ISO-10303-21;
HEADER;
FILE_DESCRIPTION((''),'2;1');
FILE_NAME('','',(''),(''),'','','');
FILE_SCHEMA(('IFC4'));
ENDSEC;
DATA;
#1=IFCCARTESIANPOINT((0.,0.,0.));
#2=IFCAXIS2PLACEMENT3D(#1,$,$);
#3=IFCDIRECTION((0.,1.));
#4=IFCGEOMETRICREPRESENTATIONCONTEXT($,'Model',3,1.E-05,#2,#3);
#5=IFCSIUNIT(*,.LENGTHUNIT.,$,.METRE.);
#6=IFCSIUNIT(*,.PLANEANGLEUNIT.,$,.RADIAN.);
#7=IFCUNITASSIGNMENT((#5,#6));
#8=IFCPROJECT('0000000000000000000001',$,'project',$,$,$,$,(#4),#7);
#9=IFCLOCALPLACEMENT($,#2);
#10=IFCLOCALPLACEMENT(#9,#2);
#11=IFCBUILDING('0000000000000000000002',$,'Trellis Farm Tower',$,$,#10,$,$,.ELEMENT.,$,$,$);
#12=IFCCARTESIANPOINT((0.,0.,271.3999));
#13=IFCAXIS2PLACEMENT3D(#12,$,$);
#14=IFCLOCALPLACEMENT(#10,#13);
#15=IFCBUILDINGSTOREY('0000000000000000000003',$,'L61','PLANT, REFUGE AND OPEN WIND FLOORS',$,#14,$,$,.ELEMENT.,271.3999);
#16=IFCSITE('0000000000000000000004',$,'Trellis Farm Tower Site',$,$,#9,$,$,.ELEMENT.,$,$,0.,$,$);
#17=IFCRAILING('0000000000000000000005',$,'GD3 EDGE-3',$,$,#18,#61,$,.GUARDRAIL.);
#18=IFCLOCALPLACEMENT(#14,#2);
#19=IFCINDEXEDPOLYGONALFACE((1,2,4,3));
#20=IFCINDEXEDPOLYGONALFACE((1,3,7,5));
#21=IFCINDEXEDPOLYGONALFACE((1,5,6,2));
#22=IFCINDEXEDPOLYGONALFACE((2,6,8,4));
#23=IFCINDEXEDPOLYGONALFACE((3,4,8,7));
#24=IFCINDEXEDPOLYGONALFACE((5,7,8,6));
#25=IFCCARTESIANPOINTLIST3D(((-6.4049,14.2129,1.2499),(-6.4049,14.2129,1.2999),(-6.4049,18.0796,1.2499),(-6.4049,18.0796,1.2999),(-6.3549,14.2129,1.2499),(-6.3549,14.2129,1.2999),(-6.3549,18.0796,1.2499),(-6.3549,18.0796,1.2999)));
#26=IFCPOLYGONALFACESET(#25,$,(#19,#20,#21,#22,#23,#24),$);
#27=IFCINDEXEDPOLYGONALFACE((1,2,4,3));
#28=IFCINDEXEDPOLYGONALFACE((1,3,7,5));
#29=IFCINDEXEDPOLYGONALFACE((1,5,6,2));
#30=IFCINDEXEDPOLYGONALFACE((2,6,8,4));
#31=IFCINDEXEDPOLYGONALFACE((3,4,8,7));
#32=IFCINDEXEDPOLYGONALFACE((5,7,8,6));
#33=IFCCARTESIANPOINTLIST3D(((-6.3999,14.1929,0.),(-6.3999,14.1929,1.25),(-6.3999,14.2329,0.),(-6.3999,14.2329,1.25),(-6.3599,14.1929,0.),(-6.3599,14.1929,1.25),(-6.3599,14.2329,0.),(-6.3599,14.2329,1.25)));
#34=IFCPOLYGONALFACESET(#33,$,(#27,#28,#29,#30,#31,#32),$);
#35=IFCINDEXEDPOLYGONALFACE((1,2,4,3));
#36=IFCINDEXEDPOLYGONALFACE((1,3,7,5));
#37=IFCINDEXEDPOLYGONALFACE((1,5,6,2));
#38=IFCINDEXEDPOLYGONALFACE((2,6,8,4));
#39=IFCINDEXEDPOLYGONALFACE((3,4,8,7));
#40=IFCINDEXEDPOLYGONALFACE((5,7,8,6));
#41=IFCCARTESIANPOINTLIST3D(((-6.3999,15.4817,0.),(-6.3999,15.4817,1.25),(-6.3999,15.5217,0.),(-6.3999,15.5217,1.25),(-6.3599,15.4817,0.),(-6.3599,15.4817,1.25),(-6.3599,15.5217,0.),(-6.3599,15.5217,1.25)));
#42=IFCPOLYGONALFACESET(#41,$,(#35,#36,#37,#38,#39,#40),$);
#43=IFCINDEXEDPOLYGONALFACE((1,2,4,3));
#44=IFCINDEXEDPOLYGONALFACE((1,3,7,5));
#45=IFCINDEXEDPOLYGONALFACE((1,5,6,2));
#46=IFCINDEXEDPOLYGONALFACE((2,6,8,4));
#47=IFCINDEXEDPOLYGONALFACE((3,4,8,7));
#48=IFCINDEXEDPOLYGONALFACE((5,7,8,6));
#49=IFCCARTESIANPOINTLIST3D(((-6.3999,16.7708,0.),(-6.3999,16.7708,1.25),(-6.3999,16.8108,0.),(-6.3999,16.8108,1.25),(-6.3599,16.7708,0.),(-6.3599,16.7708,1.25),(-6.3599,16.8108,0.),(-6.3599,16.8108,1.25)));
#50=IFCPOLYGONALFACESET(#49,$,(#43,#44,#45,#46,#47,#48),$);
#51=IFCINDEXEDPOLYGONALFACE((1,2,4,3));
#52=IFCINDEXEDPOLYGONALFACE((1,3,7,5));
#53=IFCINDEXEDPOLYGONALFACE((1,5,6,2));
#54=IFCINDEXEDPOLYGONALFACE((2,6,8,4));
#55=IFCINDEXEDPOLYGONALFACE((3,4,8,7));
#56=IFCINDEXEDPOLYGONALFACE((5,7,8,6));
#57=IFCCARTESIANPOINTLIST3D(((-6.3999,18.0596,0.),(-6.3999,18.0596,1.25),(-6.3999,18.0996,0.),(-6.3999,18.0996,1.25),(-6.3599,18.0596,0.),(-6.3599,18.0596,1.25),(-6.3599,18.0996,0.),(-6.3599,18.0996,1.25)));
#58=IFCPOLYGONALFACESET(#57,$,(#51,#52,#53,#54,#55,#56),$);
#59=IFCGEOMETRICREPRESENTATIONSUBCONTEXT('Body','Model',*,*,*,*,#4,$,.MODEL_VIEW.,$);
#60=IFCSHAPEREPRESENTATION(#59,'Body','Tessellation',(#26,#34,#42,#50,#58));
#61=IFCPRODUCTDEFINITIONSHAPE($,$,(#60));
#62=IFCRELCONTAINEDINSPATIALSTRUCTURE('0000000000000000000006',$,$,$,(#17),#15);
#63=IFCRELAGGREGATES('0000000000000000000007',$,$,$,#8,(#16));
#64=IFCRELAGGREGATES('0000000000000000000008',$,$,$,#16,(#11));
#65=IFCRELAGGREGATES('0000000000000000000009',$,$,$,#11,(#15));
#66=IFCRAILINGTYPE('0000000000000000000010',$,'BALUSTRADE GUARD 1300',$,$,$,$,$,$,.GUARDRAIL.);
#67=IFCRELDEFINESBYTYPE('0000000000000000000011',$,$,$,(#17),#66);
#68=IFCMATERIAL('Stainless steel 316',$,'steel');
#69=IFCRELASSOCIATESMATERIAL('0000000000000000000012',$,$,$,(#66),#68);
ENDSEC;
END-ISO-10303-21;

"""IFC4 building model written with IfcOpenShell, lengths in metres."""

from ifc_helpers import new_model, si_unit, direction, frame, origin, origin_2d, place, context, subcontext, project, spatial, rectangle, extrude, source, transform, mapped, material, type_object, element, save


model = new_model("IFC4")

# Units and contexts
model_context = context("Model", 3, precision=1e-05, world=origin(), true_north=direction((0.0, 1.0)))
body_context = subcontext(model_context, "Body", "Model", "MODEL_VIEW")
ifc_project = project(units=[si_unit("LENGTHUNIT", "METRE"), si_unit("PLANEANGLEUNIT", "RADIAN")], contexts=[model_context])

# Site, building, storey
site_placement = place(None, origin())
site = spatial("IfcSite", under=ifc_project, at=site_placement, Name="Trellis Farm Tower Site", CompositionType="ELEMENT", RefElevation=0.0)
building_placement = place(site_placement, origin())
building = spatial("IfcBuilding", under=site, at=building_placement, Name="Trellis Farm Tower", CompositionType="ELEMENT")
storey_placement = place(building_placement, frame((0.0, 0.0, 271.3999)))
storey = spatial("IfcBuildingStorey", under=building, at=storey_placement, Name="L61", Description="PLANT, REFUGE AND OPEN WIND FLOORS", CompositionType="ELEMENT", Elevation=271.3999)

# Railing
ifc_material_1 = material(Name="Stainless steel 316", Category="steel")
railing_type_1 = type_object("IfcRailingType", Name="BALUSTRADE GUARD 1300", PredefinedType="GUARDRAIL", material=ifc_material_1)
shared_shape_1 = source(origin(), body_context, "Body", "SweptSolid", [
    extrude(rectangle(XDim=0.05, YDim=0.05, at=origin_2d()), frame((0.0, 0.0, 1.2749), z_axis=(0.0, 1.0, 0.0), x_axis=(-1.0, 0.0, 0.0)), (0.0, 0.0, 1.0), 3.8667),
    extrude(rectangle(XDim=0.04, YDim=0.04, at=origin_2d()), origin(), (0.0, 0.0, 1.0), 1.25),
    extrude(rectangle(XDim=0.04, YDim=0.04, at=origin_2d()), frame((0.0, 1.2888, 0.0)), (0.0, 0.0, 1.0), 1.25),
    extrude(rectangle(XDim=0.04, YDim=0.04, at=origin_2d()), frame((0.0, 2.5779, 0.0)), (0.0, 0.0, 1.0), 1.25),
    extrude(rectangle(XDim=0.04, YDim=0.04, at=origin_2d()), frame((0.0, 3.8667, 0.0)), (0.0, 0.0, 1.0), 1.25),
])
railing_1_placement = place(storey_placement, frame((-6.3799, 14.2129, 0.0)))
element("IfcRailing", 1, at=railing_1_placement, inside=storey, type_object=railing_type_1, Name="GD3 EDGE-3", PredefinedType="GUARDRAIL", context=body_context, shape_type="MappedRepresentation", body=[
    mapped(shared_shape_1, transform((0.0, 0.0, 0.0))),
])

save(model, "model.ifc")
